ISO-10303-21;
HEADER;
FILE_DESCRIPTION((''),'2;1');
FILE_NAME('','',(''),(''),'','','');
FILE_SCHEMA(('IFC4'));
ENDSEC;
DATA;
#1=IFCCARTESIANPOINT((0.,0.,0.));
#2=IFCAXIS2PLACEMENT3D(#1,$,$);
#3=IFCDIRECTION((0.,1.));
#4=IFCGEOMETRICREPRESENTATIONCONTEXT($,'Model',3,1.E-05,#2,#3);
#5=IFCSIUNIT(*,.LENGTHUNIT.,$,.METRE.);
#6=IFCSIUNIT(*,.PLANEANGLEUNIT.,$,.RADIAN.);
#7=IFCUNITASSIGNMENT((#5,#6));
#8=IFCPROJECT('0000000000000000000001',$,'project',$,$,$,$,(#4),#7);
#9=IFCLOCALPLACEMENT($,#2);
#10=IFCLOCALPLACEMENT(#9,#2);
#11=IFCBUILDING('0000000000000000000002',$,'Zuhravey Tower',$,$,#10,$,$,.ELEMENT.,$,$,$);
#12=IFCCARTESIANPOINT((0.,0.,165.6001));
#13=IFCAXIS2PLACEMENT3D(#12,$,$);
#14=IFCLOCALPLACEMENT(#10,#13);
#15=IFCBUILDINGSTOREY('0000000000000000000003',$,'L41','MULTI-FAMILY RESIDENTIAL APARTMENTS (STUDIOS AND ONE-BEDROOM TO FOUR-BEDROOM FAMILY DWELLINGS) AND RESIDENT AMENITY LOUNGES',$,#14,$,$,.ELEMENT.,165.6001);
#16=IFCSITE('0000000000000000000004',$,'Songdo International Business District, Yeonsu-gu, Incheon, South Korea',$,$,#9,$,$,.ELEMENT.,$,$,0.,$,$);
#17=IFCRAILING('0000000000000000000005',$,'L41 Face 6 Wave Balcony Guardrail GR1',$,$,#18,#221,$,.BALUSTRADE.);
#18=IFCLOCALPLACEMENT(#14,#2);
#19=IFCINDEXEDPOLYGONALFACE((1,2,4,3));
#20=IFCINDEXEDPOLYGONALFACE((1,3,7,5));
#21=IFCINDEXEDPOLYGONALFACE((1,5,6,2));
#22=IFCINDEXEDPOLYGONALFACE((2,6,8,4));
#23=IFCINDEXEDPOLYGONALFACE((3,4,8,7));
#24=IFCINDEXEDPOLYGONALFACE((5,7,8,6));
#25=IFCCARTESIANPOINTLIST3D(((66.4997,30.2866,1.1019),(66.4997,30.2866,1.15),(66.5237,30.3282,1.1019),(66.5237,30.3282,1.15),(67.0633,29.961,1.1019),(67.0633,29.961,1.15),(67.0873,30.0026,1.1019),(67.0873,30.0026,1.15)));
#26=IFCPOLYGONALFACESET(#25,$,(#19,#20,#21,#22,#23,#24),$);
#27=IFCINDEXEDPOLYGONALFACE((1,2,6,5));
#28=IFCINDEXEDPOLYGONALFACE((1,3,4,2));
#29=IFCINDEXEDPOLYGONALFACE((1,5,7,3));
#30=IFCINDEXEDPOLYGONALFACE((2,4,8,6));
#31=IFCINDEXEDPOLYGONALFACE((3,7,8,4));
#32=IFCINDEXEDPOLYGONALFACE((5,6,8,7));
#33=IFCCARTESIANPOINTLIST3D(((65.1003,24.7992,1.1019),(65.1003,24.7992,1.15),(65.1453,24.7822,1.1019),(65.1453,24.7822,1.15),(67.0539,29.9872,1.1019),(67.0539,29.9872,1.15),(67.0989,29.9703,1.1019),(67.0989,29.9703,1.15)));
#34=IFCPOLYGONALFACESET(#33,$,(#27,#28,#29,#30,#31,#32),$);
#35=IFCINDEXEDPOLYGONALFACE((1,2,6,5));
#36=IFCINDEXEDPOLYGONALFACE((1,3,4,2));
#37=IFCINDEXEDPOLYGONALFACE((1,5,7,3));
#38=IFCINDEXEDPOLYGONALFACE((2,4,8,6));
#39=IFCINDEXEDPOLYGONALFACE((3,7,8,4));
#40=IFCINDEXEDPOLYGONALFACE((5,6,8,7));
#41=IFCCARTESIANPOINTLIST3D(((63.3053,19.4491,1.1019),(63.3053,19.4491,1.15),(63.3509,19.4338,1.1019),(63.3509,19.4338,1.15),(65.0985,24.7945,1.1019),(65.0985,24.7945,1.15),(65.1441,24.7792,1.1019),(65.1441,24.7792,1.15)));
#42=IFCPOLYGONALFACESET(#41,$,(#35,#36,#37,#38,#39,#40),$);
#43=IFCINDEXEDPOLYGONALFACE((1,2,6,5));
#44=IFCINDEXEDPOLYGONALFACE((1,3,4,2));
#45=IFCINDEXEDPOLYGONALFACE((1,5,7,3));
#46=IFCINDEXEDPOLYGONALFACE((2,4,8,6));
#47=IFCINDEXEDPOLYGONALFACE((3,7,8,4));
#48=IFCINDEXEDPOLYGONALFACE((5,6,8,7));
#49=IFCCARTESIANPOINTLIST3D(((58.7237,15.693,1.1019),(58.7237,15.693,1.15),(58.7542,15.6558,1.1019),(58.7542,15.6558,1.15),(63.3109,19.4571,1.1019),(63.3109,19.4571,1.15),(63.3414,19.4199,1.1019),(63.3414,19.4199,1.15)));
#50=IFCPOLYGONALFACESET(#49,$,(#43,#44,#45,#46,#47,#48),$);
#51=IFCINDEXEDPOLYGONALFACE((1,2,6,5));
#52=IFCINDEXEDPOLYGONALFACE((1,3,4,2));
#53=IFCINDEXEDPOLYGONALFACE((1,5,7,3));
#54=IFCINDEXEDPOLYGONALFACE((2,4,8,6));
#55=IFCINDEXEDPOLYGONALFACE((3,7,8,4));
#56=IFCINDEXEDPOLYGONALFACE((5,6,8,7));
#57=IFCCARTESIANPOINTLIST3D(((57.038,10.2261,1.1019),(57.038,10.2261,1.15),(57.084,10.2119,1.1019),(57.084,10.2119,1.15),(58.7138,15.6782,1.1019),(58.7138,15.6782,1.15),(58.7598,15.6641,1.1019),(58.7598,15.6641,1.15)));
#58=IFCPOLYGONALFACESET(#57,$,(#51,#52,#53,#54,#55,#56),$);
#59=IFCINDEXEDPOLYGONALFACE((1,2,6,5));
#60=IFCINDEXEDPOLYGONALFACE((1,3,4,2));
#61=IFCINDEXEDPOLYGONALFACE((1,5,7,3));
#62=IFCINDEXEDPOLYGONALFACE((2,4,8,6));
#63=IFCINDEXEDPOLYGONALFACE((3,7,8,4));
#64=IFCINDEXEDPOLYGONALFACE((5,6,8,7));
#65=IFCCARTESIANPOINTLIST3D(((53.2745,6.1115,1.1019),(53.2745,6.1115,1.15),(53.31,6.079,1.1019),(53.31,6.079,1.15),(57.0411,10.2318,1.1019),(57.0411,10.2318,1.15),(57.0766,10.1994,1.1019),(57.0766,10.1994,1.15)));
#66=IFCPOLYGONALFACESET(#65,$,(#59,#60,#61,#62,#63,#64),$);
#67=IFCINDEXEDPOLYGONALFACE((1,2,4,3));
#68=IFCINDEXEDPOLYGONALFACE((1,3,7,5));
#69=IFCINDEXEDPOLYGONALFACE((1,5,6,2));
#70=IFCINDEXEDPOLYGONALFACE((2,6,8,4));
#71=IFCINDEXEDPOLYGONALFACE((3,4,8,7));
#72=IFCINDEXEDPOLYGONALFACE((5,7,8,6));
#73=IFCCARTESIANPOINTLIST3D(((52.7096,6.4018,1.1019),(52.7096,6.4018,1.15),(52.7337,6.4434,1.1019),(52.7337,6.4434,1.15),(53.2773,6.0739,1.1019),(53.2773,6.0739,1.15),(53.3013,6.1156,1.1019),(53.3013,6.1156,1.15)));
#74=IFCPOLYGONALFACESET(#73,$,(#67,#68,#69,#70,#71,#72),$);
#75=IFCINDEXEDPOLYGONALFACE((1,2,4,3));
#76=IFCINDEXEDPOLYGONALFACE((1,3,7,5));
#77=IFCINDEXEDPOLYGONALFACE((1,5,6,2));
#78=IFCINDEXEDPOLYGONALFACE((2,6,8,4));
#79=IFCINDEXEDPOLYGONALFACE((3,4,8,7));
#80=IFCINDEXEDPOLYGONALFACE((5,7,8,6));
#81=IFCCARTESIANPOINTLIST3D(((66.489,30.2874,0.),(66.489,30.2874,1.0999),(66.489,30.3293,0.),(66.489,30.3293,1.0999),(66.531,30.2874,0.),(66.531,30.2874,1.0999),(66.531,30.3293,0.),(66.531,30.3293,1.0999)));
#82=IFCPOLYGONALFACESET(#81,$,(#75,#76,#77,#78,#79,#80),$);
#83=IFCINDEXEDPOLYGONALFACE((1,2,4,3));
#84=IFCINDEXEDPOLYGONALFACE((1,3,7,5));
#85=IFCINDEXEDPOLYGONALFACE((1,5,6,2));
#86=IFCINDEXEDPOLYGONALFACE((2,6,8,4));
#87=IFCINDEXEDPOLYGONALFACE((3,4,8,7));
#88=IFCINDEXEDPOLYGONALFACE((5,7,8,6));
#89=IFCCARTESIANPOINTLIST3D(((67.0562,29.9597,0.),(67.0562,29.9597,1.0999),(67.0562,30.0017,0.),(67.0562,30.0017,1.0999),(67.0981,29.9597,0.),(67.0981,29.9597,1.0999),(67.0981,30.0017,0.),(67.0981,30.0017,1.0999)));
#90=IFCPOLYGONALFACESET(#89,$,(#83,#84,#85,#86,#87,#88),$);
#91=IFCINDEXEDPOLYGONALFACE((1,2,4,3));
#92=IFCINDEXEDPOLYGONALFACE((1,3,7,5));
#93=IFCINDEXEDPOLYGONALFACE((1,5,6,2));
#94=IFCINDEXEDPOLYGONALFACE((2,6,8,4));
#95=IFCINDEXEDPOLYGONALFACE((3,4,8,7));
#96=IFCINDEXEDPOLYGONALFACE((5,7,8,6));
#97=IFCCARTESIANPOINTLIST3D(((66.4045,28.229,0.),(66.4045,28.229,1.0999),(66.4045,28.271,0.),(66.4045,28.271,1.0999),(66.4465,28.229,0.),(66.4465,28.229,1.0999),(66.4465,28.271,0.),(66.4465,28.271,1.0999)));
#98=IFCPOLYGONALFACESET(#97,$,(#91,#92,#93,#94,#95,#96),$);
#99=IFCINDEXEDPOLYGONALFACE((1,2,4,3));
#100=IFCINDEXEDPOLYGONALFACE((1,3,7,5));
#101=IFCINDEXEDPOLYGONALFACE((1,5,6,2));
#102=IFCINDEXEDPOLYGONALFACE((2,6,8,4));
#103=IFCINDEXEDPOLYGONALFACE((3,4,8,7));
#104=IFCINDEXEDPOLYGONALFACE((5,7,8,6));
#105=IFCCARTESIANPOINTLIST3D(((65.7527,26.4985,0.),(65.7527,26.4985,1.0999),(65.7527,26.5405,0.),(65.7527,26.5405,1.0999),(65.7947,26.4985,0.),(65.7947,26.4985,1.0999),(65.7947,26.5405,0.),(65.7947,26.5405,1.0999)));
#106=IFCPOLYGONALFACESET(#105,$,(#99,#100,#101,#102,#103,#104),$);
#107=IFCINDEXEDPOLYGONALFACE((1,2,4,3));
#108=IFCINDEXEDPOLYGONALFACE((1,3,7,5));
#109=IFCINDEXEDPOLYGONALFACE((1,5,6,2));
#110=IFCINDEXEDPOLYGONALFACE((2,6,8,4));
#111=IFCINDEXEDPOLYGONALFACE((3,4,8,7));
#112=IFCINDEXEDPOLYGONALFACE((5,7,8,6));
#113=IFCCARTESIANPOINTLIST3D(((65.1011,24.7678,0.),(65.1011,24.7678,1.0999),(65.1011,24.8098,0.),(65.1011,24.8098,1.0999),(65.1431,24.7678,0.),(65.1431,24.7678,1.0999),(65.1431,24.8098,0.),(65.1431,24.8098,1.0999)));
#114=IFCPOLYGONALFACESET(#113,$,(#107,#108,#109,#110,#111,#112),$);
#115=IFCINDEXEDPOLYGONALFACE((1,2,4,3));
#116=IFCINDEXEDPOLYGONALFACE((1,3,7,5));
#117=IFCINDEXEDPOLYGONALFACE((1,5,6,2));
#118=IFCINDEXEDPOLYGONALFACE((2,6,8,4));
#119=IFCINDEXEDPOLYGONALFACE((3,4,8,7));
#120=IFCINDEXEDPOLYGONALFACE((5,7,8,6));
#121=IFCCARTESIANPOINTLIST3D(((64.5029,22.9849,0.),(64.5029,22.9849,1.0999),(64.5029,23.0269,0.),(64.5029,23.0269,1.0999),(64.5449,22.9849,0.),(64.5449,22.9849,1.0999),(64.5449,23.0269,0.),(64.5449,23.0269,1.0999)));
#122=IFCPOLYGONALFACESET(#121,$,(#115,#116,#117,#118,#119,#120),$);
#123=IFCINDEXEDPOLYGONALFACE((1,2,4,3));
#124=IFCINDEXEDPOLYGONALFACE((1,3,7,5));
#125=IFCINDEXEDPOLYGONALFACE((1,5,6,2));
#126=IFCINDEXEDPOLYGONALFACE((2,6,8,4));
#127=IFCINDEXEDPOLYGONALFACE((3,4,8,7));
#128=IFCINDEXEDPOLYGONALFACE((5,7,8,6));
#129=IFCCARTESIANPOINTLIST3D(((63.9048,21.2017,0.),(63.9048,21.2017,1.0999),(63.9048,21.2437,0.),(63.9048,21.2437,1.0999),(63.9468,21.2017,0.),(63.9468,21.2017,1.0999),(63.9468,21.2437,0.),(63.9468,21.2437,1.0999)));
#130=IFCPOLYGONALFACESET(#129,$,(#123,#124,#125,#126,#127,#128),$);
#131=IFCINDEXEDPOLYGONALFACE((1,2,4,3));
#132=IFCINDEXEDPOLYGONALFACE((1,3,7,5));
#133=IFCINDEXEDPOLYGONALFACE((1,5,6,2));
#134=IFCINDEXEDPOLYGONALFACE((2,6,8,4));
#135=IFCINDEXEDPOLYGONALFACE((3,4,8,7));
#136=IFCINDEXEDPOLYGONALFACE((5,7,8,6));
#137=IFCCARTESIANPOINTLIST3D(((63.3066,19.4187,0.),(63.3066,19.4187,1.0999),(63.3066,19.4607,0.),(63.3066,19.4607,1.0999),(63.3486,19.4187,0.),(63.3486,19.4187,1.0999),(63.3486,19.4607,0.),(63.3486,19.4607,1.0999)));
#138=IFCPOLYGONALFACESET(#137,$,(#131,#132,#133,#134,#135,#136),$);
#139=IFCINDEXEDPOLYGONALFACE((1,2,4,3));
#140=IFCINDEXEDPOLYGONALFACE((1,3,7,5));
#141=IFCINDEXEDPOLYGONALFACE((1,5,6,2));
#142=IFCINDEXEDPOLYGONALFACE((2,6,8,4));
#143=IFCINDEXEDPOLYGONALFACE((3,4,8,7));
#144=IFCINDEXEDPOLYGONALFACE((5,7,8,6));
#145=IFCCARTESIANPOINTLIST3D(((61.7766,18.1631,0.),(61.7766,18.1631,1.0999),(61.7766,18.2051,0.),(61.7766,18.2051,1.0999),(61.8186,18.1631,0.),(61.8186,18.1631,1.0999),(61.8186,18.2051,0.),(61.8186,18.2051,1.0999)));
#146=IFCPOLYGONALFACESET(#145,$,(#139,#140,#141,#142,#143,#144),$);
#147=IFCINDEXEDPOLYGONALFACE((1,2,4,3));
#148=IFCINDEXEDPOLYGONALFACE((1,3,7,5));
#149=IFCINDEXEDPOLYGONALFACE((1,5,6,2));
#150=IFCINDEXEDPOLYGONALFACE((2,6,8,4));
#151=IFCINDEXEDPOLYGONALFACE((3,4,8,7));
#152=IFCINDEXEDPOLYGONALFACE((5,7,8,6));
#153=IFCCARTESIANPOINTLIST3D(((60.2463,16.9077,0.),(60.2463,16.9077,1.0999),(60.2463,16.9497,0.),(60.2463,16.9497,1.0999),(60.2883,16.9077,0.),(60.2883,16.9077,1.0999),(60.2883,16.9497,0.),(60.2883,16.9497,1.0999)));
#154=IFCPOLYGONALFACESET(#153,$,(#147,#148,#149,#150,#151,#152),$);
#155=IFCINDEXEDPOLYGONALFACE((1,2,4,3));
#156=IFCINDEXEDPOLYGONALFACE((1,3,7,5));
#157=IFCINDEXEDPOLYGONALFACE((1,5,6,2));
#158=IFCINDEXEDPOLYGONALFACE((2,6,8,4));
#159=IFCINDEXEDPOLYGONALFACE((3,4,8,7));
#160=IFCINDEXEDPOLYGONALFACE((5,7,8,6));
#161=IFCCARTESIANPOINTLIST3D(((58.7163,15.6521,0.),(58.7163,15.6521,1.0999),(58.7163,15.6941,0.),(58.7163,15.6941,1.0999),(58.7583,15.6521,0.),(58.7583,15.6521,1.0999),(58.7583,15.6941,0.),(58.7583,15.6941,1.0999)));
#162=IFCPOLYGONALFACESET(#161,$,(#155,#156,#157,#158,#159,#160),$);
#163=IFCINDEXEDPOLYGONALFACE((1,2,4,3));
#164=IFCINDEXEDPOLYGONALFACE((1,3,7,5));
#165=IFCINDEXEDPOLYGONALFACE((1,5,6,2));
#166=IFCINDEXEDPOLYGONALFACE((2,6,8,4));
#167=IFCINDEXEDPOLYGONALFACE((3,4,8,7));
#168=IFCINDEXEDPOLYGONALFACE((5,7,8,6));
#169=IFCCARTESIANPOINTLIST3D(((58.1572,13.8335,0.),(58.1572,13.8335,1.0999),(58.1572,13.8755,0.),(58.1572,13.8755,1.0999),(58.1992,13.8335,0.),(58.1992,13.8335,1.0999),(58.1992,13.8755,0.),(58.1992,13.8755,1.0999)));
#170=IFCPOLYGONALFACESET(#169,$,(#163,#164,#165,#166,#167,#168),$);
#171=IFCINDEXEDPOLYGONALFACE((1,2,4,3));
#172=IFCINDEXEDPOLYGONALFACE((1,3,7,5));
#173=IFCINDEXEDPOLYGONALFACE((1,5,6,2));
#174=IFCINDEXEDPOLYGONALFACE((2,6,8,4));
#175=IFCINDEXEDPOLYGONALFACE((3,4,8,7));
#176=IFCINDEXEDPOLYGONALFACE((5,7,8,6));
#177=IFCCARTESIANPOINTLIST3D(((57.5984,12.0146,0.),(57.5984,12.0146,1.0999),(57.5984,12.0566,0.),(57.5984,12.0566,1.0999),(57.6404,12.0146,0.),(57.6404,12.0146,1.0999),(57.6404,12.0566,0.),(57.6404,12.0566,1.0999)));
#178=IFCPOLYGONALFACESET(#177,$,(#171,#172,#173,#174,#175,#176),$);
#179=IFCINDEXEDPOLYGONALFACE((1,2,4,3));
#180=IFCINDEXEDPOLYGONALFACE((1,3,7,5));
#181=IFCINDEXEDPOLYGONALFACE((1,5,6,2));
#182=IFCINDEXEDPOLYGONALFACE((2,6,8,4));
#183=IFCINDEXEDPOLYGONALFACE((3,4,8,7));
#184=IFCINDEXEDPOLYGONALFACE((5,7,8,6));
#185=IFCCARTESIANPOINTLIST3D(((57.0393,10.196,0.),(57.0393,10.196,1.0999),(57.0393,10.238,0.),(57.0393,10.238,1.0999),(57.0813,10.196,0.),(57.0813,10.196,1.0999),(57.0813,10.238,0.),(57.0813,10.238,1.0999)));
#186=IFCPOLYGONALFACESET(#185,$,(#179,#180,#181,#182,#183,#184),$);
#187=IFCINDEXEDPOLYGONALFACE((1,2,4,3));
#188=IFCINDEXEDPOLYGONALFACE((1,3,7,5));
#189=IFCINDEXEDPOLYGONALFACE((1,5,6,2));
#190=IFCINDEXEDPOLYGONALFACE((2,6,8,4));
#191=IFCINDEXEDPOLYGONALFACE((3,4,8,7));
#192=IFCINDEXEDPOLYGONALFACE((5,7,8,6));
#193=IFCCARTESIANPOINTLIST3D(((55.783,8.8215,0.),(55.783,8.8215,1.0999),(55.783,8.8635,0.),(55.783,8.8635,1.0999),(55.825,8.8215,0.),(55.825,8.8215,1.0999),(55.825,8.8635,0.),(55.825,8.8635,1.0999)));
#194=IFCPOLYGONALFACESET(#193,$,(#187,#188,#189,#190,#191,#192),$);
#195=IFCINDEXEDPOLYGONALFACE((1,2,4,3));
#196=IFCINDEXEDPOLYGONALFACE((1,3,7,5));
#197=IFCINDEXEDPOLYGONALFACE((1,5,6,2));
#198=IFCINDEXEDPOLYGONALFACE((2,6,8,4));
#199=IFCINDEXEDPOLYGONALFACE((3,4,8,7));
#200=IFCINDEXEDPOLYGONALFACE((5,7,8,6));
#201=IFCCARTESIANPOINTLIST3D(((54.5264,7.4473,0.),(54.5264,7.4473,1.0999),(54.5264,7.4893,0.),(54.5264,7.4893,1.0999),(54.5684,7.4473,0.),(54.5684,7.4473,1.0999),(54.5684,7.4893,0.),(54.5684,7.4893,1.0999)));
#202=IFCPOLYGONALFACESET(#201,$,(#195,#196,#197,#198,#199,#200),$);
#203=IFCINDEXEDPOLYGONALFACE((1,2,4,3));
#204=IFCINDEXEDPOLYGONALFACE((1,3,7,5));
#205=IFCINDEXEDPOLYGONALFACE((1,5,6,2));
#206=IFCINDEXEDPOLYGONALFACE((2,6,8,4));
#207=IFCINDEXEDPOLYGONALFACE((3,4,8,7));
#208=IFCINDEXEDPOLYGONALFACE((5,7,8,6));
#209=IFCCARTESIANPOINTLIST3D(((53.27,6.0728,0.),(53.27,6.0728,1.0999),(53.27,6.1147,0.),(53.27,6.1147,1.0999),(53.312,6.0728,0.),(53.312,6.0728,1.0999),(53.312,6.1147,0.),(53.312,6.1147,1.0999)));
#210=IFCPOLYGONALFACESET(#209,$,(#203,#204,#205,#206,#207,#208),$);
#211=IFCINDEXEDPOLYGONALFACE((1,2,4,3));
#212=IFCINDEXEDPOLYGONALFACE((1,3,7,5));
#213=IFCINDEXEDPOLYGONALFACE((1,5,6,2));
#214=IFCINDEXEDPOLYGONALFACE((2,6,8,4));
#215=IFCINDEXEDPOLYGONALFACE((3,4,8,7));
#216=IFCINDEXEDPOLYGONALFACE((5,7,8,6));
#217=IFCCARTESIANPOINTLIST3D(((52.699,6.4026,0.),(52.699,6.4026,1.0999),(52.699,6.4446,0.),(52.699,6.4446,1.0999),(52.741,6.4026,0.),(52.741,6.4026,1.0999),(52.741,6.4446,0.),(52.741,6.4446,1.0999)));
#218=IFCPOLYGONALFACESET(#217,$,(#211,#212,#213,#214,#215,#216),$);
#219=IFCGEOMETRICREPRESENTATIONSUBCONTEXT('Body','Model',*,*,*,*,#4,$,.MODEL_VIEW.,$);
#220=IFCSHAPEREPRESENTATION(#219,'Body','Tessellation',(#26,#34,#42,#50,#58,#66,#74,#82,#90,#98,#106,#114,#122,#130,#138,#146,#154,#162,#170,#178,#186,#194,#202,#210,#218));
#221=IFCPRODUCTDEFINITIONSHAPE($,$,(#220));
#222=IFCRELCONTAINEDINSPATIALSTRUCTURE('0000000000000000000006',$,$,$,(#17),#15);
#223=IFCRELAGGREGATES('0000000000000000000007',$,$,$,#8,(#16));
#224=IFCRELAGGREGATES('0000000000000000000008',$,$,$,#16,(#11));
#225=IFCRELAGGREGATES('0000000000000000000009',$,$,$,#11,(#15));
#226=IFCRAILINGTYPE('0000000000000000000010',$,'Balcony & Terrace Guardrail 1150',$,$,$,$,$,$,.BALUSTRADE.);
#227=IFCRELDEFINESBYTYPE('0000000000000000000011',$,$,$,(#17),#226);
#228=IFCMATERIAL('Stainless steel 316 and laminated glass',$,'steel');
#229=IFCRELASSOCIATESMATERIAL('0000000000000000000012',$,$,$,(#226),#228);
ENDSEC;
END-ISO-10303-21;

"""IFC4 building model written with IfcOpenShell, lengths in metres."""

from ifc_helpers import new_model, si_unit, direction, frame, origin, origin_2d, place, context, subcontext, project, spatial, rectangle, extrude, material, type_object, element, save


model = new_model("IFC4")

# Units and contexts
model_context = context("Model", 3, precision=1e-05, world=origin(), true_north=direction((0.0, 1.0)))
body_context = subcontext(model_context, "Body", "Model", "MODEL_VIEW")
ifc_project = project(units=[si_unit("LENGTHUNIT", "METRE"), si_unit("PLANEANGLEUNIT", "RADIAN")], contexts=[model_context])

# Site, building, storey
site_placement = place(None, origin())
site = spatial("IfcSite", under=ifc_project, at=site_placement, Name="Songdo International Business District, Yeonsu-gu, Incheon, South Korea", CompositionType="ELEMENT", RefElevation=0.0)
building_placement = place(site_placement, origin())
building = spatial("IfcBuilding", under=site, at=building_placement, Name="Zuhravey Tower", CompositionType="ELEMENT")
storey_placement = place(building_placement, frame((0.0, 0.0, 165.6001)))
storey = spatial("IfcBuildingStorey", under=building, at=storey_placement, Name="L41", Description="MULTI-FAMILY RESIDENTIAL APARTMENTS (STUDIOS AND ONE-BEDROOM TO FOUR-BEDROOM FAMILY DWELLINGS) AND RESIDENT AMENITY LOUNGES", CompositionType="ELEMENT", Elevation=165.6001)

# Railing
ifc_material_1 = material(Name="Stainless steel 316 and laminated glass", Category="steel")
railing_type = type_object("IfcRailingType", Name="Balcony & Terrace Guardrail 1150", PredefinedType="BALUSTRADE", material=ifc_material_1)
railing_placement = place(storey_placement, frame((66.51, 30.3083, 0.0)))
element("IfcRailing", 1, at=railing_placement, inside=storey, type_object=railing_type, Name="L41 Face 6 Wave Balcony Guardrail GR1", PredefinedType="BALUSTRADE", context=body_context, shape_type="SweptSolid", body=[
    extrude(rectangle(XDim=0.0481, YDim=0.0481, at=origin_2d()), frame((0.0017, -0.001, 1.126), z_axis=(0.865894, -0.500228, 0.0), x_axis=(0.500228, 0.865894, 0.0)), (0.0, 0.0, 1.0), 0.6509),
    extrude(rectangle(XDim=0.0481, YDim=0.0481, at=origin_2d()), frame((0.5664, -0.3296, 1.126), z_axis=(-0.352406, -0.935847, 0.0), x_axis=(0.935847, -0.352406, 0.0)), (0.0, 0.0, 1.0), 5.5437),
    extrude(rectangle(XDim=0.0481, YDim=0.0481, at=origin_2d()), frame((-1.3887, -5.5215, 1.126), z_axis=(-0.318045, -0.948076, 0.0), x_axis=(0.948076, -0.318045, 0.0)), (0.0, 0.0, 1.0), 5.6382),
    extrude(rectangle(XDim=0.0481, YDim=0.0481, at=origin_2d()), frame((-3.1838, -10.8699, 1.126), z_axis=(-0.773059, -0.634334, 0.0), x_axis=(0.634334, -0.773059, 0.0)), (0.0, 0.0, 1.0), 5.9338),
    extrude(rectangle(XDim=0.0481, YDim=0.0481, at=origin_2d()), frame((-7.7732, -14.6372, 1.126), z_axis=(-0.2938, -0.955867, 0.0), x_axis=(0.955867, -0.2938, 0.0)), (0.0, 0.0, 1.0), 5.7039),
    extrude(rectangle(XDim=0.0481, YDim=0.0481, at=origin_2d()), frame((-9.4512, -20.0928, 1.126), z_axis=(-0.674713, -0.73808, 0.0), x_axis=(0.73808, -0.674713, 0.0)), (0.0, 0.0, 1.0), 5.5825),
    extrude(rectangle(XDim=0.0481, YDim=0.0481, at=origin_2d()), frame((-13.2207, -24.2136, 1.126), z_axis=(-0.865933, 0.50016, 0.0), x_axis=(-0.50016, -0.865933, 0.0)), (0.0, 0.0, 1.0), 0.6555),
    extrude(rectangle(XDim=0.042, YDim=0.042, at=origin_2d()), origin(), (0.0, 0.0, 1.0), 1.0999),
    extrude(rectangle(XDim=0.042, YDim=0.042, at=origin_2d()), frame((0.5671, -0.3276, 0.0)), (0.0, 0.0, 1.0), 1.0999),
    extrude(rectangle(XDim=0.042, YDim=0.042, at=origin_2d()), frame((-0.0845, -2.0583, 0.0)), (0.0, 0.0, 1.0), 1.0999),
    extrude(rectangle(XDim=0.042, YDim=0.042, at=origin_2d()), frame((-0.7363, -3.7888, 0.0)), (0.0, 0.0, 1.0), 1.0999),
    extrude(rectangle(XDim=0.042, YDim=0.042, at=origin_2d()), frame((-1.3879, -5.5195, 0.0)), (0.0, 0.0, 1.0), 1.0999),
    extrude(rectangle(XDim=0.042, YDim=0.042, at=origin_2d()), frame((-1.9861, -7.3025, 0.0)), (0.0, 0.0, 1.0), 1.0999),
    extrude(rectangle(XDim=0.042, YDim=0.042, at=origin_2d()), frame((-2.5842, -9.0857, 0.0)), (0.0, 0.0, 1.0), 1.0999),
    extrude(rectangle(XDim=0.042, YDim=0.042, at=origin_2d()), frame((-3.1824, -10.8687, 0.0)), (0.0, 0.0, 1.0), 1.0999),
    extrude(rectangle(XDim=0.042, YDim=0.042, at=origin_2d()), frame((-4.7124, -12.1243, 0.0)), (0.0, 0.0, 1.0), 1.0999),
    extrude(rectangle(XDim=0.042, YDim=0.042, at=origin_2d()), frame((-6.2427, -13.3796, 0.0)), (0.0, 0.0, 1.0), 1.0999),
    extrude(rectangle(XDim=0.042, YDim=0.042, at=origin_2d()), frame((-7.7727, -14.6353, 0.0)), (0.0, 0.0, 1.0), 1.0999),
    extrude(rectangle(XDim=0.042, YDim=0.042, at=origin_2d()), frame((-8.3318, -16.4539, 0.0)), (0.0, 0.0, 1.0), 1.0999),
    extrude(rectangle(XDim=0.042, YDim=0.042, at=origin_2d()), frame((-8.8906, -18.2727, 0.0)), (0.0, 0.0, 1.0), 1.0999),
    extrude(rectangle(XDim=0.042, YDim=0.042, at=origin_2d()), frame((-9.4497, -20.0913, 0.0)), (0.0, 0.0, 1.0), 1.0999),
    extrude(rectangle(XDim=0.042, YDim=0.042, at=origin_2d()), frame((-10.7061, -21.4658, 0.0)), (0.0, 0.0, 1.0), 1.0999),
    extrude(rectangle(XDim=0.042, YDim=0.042, at=origin_2d()), frame((-11.9626, -22.8401, 0.0)), (0.0, 0.0, 1.0), 1.0999),
    extrude(rectangle(XDim=0.042, YDim=0.042, at=origin_2d()), frame((-13.219, -24.2146, 0.0)), (0.0, 0.0, 1.0), 1.0999),
    extrude(rectangle(XDim=0.042, YDim=0.042, at=origin_2d()), frame((-13.79, -23.8848, 0.0)), (0.0, 0.0, 1.0), 1.0999),
])

save(model, "model.ifc")
